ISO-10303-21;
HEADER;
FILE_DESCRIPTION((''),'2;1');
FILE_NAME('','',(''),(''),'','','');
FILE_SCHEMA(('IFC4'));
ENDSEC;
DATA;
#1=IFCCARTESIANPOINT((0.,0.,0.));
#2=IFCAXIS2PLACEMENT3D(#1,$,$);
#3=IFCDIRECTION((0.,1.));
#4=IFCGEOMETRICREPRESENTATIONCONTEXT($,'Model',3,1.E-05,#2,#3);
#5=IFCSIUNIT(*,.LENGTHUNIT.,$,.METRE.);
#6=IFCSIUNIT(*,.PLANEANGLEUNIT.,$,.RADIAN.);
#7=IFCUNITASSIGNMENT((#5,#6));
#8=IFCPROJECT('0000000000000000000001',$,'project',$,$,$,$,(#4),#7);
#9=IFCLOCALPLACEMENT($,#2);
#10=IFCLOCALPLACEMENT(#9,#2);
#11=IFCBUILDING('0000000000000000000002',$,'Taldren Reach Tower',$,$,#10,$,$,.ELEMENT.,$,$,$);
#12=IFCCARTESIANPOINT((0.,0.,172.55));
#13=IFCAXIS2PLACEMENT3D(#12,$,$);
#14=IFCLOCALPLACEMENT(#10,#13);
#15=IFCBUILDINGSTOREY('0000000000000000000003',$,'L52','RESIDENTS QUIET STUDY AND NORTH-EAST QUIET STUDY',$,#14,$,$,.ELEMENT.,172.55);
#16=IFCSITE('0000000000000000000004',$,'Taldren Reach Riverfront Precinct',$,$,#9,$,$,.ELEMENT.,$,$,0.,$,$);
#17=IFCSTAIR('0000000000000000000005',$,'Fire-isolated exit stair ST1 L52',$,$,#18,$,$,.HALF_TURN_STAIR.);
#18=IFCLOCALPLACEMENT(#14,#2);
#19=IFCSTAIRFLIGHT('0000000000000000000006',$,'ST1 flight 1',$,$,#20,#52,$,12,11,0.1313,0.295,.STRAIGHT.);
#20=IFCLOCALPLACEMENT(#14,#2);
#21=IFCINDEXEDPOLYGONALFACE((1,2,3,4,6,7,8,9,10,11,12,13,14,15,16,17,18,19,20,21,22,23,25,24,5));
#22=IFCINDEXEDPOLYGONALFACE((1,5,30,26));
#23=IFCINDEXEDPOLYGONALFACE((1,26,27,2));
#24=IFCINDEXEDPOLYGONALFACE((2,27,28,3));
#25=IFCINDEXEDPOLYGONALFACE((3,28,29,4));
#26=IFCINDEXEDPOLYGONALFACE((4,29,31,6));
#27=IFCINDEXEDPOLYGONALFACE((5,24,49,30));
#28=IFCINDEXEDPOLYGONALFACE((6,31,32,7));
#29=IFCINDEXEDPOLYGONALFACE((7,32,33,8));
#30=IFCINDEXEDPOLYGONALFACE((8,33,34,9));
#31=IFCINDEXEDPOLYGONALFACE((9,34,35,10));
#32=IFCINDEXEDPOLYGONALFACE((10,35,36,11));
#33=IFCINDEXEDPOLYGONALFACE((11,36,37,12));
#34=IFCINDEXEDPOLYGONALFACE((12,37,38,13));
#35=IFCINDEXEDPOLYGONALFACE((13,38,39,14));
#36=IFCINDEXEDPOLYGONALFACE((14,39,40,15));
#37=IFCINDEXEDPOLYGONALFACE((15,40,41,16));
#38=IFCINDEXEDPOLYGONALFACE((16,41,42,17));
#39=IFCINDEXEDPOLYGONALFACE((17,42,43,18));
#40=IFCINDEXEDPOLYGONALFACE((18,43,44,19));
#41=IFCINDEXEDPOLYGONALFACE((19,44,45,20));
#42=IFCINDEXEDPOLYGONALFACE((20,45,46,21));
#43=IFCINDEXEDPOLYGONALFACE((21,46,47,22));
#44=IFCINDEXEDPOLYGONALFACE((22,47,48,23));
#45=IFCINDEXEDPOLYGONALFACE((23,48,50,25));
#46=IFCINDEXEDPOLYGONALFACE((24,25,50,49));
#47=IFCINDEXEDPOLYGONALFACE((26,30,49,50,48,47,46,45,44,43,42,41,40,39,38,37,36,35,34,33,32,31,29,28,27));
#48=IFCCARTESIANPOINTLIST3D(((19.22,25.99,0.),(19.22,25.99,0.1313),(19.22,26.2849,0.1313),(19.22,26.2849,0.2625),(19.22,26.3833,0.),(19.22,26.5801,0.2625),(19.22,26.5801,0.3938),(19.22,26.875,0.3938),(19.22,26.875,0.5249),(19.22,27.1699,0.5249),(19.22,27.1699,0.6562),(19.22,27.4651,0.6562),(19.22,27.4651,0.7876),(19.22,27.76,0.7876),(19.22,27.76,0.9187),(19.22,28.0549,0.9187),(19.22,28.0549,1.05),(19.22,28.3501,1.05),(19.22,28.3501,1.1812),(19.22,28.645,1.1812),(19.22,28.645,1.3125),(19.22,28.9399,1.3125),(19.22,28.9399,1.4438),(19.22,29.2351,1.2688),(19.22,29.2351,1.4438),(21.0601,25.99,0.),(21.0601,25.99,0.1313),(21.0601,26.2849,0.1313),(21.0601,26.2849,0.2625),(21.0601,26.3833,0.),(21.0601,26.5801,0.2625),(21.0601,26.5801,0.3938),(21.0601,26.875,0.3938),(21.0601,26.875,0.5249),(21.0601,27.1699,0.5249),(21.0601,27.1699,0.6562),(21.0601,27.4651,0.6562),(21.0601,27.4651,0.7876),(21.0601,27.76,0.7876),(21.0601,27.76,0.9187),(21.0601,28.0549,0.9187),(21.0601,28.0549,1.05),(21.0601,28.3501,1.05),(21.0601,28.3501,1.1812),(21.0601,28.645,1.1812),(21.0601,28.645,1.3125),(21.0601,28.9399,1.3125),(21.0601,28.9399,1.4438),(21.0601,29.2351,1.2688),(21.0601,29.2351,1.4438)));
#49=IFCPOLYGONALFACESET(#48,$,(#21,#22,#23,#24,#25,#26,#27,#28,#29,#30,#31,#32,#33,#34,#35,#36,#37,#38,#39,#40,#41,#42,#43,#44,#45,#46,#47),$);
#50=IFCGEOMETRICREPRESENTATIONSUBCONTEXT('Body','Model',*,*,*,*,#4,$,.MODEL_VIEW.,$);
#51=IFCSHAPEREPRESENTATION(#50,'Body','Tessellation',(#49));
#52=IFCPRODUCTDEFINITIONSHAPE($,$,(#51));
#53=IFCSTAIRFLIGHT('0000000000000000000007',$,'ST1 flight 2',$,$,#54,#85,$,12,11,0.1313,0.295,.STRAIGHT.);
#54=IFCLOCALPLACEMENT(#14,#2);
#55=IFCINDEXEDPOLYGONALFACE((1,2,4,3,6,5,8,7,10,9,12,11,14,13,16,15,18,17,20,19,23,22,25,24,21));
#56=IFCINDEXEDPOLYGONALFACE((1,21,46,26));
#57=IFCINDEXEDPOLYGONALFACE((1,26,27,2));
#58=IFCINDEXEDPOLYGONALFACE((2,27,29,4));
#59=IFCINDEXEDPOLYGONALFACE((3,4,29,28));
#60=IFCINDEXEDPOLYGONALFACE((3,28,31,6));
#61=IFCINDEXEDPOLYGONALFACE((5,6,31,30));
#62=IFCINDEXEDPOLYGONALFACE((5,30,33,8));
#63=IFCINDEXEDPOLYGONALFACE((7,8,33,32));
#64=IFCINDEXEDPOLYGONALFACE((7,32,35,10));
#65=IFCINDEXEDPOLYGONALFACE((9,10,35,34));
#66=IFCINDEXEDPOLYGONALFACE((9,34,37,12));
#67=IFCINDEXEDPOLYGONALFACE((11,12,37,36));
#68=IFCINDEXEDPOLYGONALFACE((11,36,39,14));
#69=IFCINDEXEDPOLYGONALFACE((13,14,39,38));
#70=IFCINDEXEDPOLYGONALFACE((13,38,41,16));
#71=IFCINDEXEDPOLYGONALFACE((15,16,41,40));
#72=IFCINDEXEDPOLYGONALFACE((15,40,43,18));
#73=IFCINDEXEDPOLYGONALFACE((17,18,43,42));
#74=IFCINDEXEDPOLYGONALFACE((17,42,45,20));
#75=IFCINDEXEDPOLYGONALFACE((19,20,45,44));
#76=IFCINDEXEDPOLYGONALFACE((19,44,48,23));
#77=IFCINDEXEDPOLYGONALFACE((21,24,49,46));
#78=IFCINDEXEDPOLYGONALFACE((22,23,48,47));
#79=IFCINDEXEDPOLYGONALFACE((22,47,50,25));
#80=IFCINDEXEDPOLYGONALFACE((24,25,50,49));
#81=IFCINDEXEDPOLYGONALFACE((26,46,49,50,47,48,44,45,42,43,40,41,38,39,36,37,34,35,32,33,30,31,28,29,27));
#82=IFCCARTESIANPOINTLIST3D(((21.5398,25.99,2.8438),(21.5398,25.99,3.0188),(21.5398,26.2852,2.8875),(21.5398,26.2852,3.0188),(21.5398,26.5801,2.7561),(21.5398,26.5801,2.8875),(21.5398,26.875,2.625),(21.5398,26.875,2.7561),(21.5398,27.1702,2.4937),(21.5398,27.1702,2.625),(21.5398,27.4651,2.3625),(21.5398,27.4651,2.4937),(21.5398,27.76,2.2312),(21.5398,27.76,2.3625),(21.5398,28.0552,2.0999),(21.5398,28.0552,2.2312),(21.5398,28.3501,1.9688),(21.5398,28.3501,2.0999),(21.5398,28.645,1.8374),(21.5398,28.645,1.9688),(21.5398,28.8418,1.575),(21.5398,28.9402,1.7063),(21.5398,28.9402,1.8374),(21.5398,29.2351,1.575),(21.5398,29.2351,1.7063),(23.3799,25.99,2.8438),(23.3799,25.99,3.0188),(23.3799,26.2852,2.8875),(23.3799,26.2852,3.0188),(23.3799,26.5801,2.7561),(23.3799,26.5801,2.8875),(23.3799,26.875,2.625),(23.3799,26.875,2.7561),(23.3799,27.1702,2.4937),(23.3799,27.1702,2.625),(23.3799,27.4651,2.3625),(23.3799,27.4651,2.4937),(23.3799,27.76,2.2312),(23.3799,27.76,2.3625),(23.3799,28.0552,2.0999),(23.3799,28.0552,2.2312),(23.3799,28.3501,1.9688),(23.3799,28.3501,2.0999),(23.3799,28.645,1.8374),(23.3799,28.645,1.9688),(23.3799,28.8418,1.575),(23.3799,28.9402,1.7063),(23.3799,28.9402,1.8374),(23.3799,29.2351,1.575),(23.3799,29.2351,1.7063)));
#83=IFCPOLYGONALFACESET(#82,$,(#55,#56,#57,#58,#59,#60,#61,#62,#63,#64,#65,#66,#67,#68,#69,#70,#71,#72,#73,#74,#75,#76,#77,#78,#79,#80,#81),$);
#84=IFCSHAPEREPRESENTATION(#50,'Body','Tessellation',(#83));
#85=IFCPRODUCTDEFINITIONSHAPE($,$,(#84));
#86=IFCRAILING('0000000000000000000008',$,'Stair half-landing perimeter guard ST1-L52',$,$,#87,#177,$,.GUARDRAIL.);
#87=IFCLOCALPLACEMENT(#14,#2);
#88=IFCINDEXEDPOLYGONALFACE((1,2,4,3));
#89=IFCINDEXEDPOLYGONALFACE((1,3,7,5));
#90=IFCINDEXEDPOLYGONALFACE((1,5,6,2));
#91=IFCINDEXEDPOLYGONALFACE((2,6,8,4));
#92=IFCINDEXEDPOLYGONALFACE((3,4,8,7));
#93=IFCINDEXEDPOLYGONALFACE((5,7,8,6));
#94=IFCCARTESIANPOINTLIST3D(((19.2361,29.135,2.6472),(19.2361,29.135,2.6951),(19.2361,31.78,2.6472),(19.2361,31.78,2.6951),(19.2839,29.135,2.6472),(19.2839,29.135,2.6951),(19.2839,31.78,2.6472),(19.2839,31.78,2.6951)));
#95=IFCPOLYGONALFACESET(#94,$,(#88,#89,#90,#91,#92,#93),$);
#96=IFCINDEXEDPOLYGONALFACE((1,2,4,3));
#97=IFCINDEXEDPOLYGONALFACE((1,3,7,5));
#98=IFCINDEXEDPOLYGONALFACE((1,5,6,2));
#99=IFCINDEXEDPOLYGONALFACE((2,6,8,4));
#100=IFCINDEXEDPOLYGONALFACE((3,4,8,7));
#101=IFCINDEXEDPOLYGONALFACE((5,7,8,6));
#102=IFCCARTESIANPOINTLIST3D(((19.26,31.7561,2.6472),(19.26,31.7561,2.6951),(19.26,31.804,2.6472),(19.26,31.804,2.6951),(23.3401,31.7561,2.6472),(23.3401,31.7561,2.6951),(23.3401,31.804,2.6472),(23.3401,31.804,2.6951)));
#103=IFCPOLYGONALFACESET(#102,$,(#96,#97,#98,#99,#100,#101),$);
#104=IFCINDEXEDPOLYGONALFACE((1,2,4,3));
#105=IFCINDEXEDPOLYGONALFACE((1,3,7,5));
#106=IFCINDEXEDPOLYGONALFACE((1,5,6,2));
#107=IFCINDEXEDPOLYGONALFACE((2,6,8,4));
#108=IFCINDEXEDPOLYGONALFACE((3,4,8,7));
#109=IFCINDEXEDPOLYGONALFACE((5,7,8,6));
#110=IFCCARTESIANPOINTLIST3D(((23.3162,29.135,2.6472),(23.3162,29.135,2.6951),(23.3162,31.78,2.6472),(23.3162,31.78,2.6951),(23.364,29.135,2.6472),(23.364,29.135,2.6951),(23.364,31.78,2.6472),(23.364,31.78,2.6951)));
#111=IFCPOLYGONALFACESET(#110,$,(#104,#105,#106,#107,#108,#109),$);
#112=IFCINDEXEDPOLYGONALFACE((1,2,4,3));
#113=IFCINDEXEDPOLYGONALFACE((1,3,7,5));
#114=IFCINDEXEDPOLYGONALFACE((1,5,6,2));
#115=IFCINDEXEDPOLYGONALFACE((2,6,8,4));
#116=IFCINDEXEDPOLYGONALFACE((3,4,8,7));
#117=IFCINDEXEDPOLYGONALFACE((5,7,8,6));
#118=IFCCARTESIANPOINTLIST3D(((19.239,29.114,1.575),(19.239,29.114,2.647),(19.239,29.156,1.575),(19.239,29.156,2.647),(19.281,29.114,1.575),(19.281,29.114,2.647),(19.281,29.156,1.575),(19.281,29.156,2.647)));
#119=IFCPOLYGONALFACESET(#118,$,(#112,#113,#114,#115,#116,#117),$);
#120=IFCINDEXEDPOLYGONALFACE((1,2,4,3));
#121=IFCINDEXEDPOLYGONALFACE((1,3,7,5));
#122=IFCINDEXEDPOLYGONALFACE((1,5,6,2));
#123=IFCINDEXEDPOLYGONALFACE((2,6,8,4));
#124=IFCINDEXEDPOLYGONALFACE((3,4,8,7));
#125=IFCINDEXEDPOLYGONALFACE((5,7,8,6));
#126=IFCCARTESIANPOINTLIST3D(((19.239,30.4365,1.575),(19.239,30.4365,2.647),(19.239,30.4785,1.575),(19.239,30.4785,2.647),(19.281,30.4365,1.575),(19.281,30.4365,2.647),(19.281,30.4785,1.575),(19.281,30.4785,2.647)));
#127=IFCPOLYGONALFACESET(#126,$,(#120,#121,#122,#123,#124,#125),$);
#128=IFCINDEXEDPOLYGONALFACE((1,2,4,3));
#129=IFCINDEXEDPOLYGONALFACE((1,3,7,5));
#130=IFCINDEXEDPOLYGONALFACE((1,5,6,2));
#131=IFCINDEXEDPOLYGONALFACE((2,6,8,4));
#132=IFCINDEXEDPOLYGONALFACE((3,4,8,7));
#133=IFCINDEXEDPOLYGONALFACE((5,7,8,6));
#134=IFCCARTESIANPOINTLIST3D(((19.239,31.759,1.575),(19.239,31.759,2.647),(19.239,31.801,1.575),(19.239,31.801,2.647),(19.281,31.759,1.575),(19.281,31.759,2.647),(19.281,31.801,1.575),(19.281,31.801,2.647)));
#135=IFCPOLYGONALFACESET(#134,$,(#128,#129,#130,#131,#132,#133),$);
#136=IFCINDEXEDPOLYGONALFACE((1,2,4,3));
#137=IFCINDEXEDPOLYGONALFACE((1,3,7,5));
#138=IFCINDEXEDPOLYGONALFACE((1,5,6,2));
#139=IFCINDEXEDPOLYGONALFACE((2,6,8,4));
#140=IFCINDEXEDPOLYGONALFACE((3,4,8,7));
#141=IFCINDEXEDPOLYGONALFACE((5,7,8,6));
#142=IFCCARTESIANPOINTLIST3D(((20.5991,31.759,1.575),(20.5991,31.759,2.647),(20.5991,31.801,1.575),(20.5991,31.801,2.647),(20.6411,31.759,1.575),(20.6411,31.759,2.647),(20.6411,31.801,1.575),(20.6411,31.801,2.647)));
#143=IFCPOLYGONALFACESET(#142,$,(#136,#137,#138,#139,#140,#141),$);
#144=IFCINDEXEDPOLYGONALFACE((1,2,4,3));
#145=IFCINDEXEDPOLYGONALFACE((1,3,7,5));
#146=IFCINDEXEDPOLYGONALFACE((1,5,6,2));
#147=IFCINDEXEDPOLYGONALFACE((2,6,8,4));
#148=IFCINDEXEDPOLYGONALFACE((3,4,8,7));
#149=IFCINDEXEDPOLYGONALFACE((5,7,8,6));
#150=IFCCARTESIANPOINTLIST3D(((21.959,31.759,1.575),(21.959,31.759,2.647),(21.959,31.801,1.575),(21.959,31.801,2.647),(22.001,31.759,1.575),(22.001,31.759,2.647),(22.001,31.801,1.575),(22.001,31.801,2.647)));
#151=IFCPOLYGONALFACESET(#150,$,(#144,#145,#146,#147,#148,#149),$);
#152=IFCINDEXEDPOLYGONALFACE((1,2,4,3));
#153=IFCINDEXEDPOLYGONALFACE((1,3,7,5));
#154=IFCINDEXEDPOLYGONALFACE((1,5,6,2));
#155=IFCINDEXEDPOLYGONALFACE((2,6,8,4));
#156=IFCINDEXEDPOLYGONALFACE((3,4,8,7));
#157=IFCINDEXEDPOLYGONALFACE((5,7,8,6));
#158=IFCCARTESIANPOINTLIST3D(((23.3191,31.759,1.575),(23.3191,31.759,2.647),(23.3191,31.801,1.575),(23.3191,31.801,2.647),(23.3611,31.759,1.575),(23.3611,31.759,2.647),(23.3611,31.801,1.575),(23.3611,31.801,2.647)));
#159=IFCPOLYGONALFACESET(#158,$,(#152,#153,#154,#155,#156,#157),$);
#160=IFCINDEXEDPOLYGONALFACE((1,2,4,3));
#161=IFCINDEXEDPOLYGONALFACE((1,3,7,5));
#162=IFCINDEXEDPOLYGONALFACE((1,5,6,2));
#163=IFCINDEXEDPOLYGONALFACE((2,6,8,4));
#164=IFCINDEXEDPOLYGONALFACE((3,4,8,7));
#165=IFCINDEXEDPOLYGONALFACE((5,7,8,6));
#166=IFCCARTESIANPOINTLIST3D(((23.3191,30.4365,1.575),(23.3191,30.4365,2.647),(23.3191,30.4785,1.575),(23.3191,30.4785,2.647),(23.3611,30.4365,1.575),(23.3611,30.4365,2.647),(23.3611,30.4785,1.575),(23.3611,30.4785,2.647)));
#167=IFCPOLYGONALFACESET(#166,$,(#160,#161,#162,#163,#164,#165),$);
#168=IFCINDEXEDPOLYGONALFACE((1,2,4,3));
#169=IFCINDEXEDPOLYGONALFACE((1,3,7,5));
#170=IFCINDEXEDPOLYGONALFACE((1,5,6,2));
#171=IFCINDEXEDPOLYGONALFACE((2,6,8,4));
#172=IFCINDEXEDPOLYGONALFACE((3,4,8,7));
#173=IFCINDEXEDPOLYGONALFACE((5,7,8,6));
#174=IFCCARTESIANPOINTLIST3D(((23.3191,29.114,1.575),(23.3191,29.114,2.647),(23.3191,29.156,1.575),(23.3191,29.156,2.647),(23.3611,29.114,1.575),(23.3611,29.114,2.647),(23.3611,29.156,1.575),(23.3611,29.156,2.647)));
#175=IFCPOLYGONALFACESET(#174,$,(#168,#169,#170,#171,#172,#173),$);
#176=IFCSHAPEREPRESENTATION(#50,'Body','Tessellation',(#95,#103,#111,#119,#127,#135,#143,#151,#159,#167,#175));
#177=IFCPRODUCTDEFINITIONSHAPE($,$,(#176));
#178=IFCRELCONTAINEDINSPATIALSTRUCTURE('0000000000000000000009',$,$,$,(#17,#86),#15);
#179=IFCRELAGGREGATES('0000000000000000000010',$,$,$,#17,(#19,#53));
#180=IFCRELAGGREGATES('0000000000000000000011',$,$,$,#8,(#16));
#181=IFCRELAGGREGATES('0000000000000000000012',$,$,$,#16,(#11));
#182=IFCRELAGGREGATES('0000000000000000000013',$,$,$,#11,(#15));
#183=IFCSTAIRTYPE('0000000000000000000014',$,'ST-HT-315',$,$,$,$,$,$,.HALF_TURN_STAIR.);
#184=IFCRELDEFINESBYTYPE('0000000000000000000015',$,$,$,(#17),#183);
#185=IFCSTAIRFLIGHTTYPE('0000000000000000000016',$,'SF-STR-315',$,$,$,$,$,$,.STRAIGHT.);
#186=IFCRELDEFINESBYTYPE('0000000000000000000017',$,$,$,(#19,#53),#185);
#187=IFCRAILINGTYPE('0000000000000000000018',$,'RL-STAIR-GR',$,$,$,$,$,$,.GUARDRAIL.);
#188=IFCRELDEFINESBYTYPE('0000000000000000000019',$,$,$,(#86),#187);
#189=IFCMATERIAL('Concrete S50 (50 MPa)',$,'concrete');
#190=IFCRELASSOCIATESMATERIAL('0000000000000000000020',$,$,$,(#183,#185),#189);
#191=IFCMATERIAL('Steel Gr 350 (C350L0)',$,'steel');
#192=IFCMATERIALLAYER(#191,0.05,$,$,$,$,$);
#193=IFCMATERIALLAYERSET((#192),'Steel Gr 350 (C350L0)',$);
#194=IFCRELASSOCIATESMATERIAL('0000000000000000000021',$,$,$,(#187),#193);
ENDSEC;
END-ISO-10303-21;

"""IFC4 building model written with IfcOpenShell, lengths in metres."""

from ifc_helpers import new_model, si_unit, direction, frame, origin, origin_2d, place, context, subcontext, project, spatial, polyline, rectangle, outline, extrude, material, layer, layer_set, type_object, element, aggregate, save


model = new_model("IFC4")

# Units and contexts
model_context = context("Model", 3, precision=1e-05, world=origin(), true_north=direction((0.0, 1.0)))
body_context = subcontext(model_context, "Body", "Model", "MODEL_VIEW")
ifc_project = project(units=[si_unit("LENGTHUNIT", "METRE"), si_unit("PLANEANGLEUNIT", "RADIAN")], contexts=[model_context])

# Site, building, storey
site_placement = place(None, origin())
site = spatial("IfcSite", under=ifc_project, at=site_placement, Name="Taldren Reach Riverfront Precinct", CompositionType="ELEMENT", RefElevation=0.0)
building_placement = place(site_placement, origin())
building = spatial("IfcBuilding", under=site, at=building_placement, Name="Taldren Reach Tower", CompositionType="ELEMENT")
storey_placement = place(building_placement, frame((0.0, 0.0, 172.55)))
storey = spatial("IfcBuildingStorey", under=building, at=storey_placement, Name="L52", Description="RESIDENTS QUIET STUDY AND NORTH-EAST QUIET STUDY", CompositionType="ELEMENT", Elevation=172.55)

# Shared definitions
ifc_material_1 = material(Name="Steel Gr 350 (C350L0)", Category="steel")

# Stair, stair flights
ifc_material_2 = material(Name="Concrete S50 (50 MPa)", Category="concrete")
stair_type = type_object("IfcStairType", Name="ST-HT-315", PredefinedType="HALF_TURN_STAIR", material=ifc_material_2)
stair_placement = place(storey_placement, origin())
stair = element("IfcStair", 1, at=stair_placement, inside=storey, type_object=stair_type, Name="Fire-isolated exit stair ST1 L52", PredefinedType="HALF_TURN_STAIR")
stair_flight_type = type_object("IfcStairFlightType", Name="SF-STR-315", PredefinedType="STRAIGHT", material=ifc_material_2)
stair_flight_1_placement = place(storey_placement, frame((20.1399, 25.99, 0.0), z_axis=(0.0, 0.0, 1.0), x_axis=(0.0, 1.0, 0.0)))
stair_flight_1 = element("IfcStairFlight", 2, at=stair_flight_1_placement, type_object=stair_flight_type, Name="ST1 flight 1", NumberOfRisers=12, NumberOfTreads=11, PredefinedType="STRAIGHT", RiserHeight=0.1313, TreadLength=0.295, context=body_context, shape_type="SweptSolid", body=[
    extrude(outline(polyline([(0.0, 0.0), (0.0, 0.1313), (0.2949, 0.1313), (0.2949, 0.2625), (0.5901, 0.2625), (0.5901, 0.3938), (0.885, 0.3938), (0.885, 0.5249), (1.1799, 0.5249), (1.1799, 0.6562), (1.4751, 0.6562), (1.4751, 0.7876), (1.77, 0.7876), (1.77, 0.9187), (2.0649, 0.9187), (2.0649, 1.05), (2.3601, 1.05), (2.3601, 1.1812), (2.655, 1.1812), (2.655, 1.3125), (2.95, 1.3125), (2.95, 1.4438), (3.2451, 1.4438), (3.2451, 1.575), (3.2451, 1.2688), (0.3933, 0.0), (0.0, 0.0)])), frame((0.0, 0.9199, 0.0), z_axis=(0.0, -1.0, 0.0), x_axis=(1.0, 0.0, 0.0)), (0.0, 0.0, 1.0), 1.8401),
])
stair_flight_2_placement = place(storey_placement, frame((22.46, 29.2351, 1.575), z_axis=(0.0, 0.0, 1.0), x_axis=(0.0, -1.0, 0.0)))
stair_flight_2 = element("IfcStairFlight", 3, at=stair_flight_2_placement, type_object=stair_flight_type, Name="ST1 flight 2", NumberOfRisers=12, NumberOfTreads=11, PredefinedType="STRAIGHT", RiserHeight=0.1313, TreadLength=0.295, context=body_context, shape_type="SweptSolid", body=[
    extrude(outline(polyline([(0.0, 0.0), (0.0, 0.1313), (0.2949, 0.1313), (0.2949, 0.2625), (0.5901, 0.2625), (0.5901, 0.3938), (0.885, 0.3938), (0.885, 0.5249), (1.1799, 0.5249), (1.1799, 0.6562), (1.4751, 0.6562), (1.4751, 0.7876), (1.77, 0.7876), (1.77, 0.9187), (2.0649, 0.9187), (2.0649, 1.05), (2.3601, 1.05), (2.3601, 1.1812), (2.655, 1.1812), (2.655, 1.3125), (2.95, 1.3125), (2.95, 1.4438), (3.2451, 1.4438), (3.2451, 1.575), (3.2451, 1.2688), (0.3933, 0.0), (0.0, 0.0)])), frame((0.0, 0.9199, 0.0), z_axis=(0.0, -1.0, 0.0), x_axis=(1.0, 0.0, 0.0)), (0.0, 0.0, 1.0), 1.8401),
])
aggregate(stair, [stair_flight_1, stair_flight_2])

# Railing
ifc_layer_1 = layer(ifc_material_1, 0.05)
ifc_layer_set_1 = layer_set([ifc_layer_1], Name="Steel Gr 350 (C350L0)")
railing_type_1 = type_object("IfcRailingType", Name="RL-STAIR-GR", PredefinedType="GUARDRAIL", material=ifc_layer_set_1)
railing_1_placement = place(storey_placement, frame((19.26, 29.135, 1.575)))
element("IfcRailing", 4, at=railing_1_placement, inside=storey, type_object=railing_type_1, Name="Stair half-landing perimeter guard ST1-L52", PredefinedType="GUARDRAIL", context=body_context, shape_type="SweptSolid", body=[
    extrude(rectangle(XDim=0.0479, YDim=0.0479, at=origin_2d()), frame((0.0, 0.0, 1.0962), z_axis=(0.0, 1.0, 0.0), x_axis=(-1.0, 0.0, 0.0)), (0.0, 0.0, 1.0), 2.645),
    extrude(rectangle(XDim=0.0479, YDim=0.0479, at=origin_2d()), frame((0.0, 2.645, 1.0962), z_axis=(1.0, 0.0, 0.0), x_axis=(0.0, 1.0, 0.0)), (0.0, 0.0, 1.0), 4.0801),
    extrude(rectangle(XDim=0.0479, YDim=0.0479, at=origin_2d()), frame((4.0801, 2.645, 1.0962), z_axis=(0.0, -1.0, 0.0), x_axis=(1.0, 0.0, 0.0)), (0.0, 0.0, 1.0), 2.645),
    extrude(rectangle(XDim=0.042, YDim=0.042, at=origin_2d()), origin(), (0.0, 0.0, 1.0), 1.072),
    extrude(rectangle(XDim=0.042, YDim=0.042, at=origin_2d()), frame((0.0, 1.3225, 0.0)), (0.0, 0.0, 1.0), 1.072),
    extrude(rectangle(XDim=0.042, YDim=0.042, at=origin_2d()), frame((0.0, 2.645, 0.0)), (0.0, 0.0, 1.0), 1.072),
    extrude(rectangle(XDim=0.042, YDim=0.042, at=origin_2d()), frame((1.3601, 2.645, 0.0)), (0.0, 0.0, 1.0), 1.072),
    extrude(rectangle(XDim=0.042, YDim=0.042, at=origin_2d()), frame((2.72, 2.645, 0.0)), (0.0, 0.0, 1.0), 1.072),
    extrude(rectangle(XDim=0.042, YDim=0.042, at=origin_2d()), frame((4.0801, 2.645, 0.0)), (0.0, 0.0, 1.0), 1.072),
    extrude(rectangle(XDim=0.042, YDim=0.042, at=origin_2d()), frame((4.0801, 1.3225, 0.0)), (0.0, 0.0, 1.0), 1.072),
    extrude(rectangle(XDim=0.042, YDim=0.042, at=origin_2d()), frame((4.0801, 0.0, 0.0)), (0.0, 0.0, 1.0), 1.072),
])

save(model, "model.ifc")
